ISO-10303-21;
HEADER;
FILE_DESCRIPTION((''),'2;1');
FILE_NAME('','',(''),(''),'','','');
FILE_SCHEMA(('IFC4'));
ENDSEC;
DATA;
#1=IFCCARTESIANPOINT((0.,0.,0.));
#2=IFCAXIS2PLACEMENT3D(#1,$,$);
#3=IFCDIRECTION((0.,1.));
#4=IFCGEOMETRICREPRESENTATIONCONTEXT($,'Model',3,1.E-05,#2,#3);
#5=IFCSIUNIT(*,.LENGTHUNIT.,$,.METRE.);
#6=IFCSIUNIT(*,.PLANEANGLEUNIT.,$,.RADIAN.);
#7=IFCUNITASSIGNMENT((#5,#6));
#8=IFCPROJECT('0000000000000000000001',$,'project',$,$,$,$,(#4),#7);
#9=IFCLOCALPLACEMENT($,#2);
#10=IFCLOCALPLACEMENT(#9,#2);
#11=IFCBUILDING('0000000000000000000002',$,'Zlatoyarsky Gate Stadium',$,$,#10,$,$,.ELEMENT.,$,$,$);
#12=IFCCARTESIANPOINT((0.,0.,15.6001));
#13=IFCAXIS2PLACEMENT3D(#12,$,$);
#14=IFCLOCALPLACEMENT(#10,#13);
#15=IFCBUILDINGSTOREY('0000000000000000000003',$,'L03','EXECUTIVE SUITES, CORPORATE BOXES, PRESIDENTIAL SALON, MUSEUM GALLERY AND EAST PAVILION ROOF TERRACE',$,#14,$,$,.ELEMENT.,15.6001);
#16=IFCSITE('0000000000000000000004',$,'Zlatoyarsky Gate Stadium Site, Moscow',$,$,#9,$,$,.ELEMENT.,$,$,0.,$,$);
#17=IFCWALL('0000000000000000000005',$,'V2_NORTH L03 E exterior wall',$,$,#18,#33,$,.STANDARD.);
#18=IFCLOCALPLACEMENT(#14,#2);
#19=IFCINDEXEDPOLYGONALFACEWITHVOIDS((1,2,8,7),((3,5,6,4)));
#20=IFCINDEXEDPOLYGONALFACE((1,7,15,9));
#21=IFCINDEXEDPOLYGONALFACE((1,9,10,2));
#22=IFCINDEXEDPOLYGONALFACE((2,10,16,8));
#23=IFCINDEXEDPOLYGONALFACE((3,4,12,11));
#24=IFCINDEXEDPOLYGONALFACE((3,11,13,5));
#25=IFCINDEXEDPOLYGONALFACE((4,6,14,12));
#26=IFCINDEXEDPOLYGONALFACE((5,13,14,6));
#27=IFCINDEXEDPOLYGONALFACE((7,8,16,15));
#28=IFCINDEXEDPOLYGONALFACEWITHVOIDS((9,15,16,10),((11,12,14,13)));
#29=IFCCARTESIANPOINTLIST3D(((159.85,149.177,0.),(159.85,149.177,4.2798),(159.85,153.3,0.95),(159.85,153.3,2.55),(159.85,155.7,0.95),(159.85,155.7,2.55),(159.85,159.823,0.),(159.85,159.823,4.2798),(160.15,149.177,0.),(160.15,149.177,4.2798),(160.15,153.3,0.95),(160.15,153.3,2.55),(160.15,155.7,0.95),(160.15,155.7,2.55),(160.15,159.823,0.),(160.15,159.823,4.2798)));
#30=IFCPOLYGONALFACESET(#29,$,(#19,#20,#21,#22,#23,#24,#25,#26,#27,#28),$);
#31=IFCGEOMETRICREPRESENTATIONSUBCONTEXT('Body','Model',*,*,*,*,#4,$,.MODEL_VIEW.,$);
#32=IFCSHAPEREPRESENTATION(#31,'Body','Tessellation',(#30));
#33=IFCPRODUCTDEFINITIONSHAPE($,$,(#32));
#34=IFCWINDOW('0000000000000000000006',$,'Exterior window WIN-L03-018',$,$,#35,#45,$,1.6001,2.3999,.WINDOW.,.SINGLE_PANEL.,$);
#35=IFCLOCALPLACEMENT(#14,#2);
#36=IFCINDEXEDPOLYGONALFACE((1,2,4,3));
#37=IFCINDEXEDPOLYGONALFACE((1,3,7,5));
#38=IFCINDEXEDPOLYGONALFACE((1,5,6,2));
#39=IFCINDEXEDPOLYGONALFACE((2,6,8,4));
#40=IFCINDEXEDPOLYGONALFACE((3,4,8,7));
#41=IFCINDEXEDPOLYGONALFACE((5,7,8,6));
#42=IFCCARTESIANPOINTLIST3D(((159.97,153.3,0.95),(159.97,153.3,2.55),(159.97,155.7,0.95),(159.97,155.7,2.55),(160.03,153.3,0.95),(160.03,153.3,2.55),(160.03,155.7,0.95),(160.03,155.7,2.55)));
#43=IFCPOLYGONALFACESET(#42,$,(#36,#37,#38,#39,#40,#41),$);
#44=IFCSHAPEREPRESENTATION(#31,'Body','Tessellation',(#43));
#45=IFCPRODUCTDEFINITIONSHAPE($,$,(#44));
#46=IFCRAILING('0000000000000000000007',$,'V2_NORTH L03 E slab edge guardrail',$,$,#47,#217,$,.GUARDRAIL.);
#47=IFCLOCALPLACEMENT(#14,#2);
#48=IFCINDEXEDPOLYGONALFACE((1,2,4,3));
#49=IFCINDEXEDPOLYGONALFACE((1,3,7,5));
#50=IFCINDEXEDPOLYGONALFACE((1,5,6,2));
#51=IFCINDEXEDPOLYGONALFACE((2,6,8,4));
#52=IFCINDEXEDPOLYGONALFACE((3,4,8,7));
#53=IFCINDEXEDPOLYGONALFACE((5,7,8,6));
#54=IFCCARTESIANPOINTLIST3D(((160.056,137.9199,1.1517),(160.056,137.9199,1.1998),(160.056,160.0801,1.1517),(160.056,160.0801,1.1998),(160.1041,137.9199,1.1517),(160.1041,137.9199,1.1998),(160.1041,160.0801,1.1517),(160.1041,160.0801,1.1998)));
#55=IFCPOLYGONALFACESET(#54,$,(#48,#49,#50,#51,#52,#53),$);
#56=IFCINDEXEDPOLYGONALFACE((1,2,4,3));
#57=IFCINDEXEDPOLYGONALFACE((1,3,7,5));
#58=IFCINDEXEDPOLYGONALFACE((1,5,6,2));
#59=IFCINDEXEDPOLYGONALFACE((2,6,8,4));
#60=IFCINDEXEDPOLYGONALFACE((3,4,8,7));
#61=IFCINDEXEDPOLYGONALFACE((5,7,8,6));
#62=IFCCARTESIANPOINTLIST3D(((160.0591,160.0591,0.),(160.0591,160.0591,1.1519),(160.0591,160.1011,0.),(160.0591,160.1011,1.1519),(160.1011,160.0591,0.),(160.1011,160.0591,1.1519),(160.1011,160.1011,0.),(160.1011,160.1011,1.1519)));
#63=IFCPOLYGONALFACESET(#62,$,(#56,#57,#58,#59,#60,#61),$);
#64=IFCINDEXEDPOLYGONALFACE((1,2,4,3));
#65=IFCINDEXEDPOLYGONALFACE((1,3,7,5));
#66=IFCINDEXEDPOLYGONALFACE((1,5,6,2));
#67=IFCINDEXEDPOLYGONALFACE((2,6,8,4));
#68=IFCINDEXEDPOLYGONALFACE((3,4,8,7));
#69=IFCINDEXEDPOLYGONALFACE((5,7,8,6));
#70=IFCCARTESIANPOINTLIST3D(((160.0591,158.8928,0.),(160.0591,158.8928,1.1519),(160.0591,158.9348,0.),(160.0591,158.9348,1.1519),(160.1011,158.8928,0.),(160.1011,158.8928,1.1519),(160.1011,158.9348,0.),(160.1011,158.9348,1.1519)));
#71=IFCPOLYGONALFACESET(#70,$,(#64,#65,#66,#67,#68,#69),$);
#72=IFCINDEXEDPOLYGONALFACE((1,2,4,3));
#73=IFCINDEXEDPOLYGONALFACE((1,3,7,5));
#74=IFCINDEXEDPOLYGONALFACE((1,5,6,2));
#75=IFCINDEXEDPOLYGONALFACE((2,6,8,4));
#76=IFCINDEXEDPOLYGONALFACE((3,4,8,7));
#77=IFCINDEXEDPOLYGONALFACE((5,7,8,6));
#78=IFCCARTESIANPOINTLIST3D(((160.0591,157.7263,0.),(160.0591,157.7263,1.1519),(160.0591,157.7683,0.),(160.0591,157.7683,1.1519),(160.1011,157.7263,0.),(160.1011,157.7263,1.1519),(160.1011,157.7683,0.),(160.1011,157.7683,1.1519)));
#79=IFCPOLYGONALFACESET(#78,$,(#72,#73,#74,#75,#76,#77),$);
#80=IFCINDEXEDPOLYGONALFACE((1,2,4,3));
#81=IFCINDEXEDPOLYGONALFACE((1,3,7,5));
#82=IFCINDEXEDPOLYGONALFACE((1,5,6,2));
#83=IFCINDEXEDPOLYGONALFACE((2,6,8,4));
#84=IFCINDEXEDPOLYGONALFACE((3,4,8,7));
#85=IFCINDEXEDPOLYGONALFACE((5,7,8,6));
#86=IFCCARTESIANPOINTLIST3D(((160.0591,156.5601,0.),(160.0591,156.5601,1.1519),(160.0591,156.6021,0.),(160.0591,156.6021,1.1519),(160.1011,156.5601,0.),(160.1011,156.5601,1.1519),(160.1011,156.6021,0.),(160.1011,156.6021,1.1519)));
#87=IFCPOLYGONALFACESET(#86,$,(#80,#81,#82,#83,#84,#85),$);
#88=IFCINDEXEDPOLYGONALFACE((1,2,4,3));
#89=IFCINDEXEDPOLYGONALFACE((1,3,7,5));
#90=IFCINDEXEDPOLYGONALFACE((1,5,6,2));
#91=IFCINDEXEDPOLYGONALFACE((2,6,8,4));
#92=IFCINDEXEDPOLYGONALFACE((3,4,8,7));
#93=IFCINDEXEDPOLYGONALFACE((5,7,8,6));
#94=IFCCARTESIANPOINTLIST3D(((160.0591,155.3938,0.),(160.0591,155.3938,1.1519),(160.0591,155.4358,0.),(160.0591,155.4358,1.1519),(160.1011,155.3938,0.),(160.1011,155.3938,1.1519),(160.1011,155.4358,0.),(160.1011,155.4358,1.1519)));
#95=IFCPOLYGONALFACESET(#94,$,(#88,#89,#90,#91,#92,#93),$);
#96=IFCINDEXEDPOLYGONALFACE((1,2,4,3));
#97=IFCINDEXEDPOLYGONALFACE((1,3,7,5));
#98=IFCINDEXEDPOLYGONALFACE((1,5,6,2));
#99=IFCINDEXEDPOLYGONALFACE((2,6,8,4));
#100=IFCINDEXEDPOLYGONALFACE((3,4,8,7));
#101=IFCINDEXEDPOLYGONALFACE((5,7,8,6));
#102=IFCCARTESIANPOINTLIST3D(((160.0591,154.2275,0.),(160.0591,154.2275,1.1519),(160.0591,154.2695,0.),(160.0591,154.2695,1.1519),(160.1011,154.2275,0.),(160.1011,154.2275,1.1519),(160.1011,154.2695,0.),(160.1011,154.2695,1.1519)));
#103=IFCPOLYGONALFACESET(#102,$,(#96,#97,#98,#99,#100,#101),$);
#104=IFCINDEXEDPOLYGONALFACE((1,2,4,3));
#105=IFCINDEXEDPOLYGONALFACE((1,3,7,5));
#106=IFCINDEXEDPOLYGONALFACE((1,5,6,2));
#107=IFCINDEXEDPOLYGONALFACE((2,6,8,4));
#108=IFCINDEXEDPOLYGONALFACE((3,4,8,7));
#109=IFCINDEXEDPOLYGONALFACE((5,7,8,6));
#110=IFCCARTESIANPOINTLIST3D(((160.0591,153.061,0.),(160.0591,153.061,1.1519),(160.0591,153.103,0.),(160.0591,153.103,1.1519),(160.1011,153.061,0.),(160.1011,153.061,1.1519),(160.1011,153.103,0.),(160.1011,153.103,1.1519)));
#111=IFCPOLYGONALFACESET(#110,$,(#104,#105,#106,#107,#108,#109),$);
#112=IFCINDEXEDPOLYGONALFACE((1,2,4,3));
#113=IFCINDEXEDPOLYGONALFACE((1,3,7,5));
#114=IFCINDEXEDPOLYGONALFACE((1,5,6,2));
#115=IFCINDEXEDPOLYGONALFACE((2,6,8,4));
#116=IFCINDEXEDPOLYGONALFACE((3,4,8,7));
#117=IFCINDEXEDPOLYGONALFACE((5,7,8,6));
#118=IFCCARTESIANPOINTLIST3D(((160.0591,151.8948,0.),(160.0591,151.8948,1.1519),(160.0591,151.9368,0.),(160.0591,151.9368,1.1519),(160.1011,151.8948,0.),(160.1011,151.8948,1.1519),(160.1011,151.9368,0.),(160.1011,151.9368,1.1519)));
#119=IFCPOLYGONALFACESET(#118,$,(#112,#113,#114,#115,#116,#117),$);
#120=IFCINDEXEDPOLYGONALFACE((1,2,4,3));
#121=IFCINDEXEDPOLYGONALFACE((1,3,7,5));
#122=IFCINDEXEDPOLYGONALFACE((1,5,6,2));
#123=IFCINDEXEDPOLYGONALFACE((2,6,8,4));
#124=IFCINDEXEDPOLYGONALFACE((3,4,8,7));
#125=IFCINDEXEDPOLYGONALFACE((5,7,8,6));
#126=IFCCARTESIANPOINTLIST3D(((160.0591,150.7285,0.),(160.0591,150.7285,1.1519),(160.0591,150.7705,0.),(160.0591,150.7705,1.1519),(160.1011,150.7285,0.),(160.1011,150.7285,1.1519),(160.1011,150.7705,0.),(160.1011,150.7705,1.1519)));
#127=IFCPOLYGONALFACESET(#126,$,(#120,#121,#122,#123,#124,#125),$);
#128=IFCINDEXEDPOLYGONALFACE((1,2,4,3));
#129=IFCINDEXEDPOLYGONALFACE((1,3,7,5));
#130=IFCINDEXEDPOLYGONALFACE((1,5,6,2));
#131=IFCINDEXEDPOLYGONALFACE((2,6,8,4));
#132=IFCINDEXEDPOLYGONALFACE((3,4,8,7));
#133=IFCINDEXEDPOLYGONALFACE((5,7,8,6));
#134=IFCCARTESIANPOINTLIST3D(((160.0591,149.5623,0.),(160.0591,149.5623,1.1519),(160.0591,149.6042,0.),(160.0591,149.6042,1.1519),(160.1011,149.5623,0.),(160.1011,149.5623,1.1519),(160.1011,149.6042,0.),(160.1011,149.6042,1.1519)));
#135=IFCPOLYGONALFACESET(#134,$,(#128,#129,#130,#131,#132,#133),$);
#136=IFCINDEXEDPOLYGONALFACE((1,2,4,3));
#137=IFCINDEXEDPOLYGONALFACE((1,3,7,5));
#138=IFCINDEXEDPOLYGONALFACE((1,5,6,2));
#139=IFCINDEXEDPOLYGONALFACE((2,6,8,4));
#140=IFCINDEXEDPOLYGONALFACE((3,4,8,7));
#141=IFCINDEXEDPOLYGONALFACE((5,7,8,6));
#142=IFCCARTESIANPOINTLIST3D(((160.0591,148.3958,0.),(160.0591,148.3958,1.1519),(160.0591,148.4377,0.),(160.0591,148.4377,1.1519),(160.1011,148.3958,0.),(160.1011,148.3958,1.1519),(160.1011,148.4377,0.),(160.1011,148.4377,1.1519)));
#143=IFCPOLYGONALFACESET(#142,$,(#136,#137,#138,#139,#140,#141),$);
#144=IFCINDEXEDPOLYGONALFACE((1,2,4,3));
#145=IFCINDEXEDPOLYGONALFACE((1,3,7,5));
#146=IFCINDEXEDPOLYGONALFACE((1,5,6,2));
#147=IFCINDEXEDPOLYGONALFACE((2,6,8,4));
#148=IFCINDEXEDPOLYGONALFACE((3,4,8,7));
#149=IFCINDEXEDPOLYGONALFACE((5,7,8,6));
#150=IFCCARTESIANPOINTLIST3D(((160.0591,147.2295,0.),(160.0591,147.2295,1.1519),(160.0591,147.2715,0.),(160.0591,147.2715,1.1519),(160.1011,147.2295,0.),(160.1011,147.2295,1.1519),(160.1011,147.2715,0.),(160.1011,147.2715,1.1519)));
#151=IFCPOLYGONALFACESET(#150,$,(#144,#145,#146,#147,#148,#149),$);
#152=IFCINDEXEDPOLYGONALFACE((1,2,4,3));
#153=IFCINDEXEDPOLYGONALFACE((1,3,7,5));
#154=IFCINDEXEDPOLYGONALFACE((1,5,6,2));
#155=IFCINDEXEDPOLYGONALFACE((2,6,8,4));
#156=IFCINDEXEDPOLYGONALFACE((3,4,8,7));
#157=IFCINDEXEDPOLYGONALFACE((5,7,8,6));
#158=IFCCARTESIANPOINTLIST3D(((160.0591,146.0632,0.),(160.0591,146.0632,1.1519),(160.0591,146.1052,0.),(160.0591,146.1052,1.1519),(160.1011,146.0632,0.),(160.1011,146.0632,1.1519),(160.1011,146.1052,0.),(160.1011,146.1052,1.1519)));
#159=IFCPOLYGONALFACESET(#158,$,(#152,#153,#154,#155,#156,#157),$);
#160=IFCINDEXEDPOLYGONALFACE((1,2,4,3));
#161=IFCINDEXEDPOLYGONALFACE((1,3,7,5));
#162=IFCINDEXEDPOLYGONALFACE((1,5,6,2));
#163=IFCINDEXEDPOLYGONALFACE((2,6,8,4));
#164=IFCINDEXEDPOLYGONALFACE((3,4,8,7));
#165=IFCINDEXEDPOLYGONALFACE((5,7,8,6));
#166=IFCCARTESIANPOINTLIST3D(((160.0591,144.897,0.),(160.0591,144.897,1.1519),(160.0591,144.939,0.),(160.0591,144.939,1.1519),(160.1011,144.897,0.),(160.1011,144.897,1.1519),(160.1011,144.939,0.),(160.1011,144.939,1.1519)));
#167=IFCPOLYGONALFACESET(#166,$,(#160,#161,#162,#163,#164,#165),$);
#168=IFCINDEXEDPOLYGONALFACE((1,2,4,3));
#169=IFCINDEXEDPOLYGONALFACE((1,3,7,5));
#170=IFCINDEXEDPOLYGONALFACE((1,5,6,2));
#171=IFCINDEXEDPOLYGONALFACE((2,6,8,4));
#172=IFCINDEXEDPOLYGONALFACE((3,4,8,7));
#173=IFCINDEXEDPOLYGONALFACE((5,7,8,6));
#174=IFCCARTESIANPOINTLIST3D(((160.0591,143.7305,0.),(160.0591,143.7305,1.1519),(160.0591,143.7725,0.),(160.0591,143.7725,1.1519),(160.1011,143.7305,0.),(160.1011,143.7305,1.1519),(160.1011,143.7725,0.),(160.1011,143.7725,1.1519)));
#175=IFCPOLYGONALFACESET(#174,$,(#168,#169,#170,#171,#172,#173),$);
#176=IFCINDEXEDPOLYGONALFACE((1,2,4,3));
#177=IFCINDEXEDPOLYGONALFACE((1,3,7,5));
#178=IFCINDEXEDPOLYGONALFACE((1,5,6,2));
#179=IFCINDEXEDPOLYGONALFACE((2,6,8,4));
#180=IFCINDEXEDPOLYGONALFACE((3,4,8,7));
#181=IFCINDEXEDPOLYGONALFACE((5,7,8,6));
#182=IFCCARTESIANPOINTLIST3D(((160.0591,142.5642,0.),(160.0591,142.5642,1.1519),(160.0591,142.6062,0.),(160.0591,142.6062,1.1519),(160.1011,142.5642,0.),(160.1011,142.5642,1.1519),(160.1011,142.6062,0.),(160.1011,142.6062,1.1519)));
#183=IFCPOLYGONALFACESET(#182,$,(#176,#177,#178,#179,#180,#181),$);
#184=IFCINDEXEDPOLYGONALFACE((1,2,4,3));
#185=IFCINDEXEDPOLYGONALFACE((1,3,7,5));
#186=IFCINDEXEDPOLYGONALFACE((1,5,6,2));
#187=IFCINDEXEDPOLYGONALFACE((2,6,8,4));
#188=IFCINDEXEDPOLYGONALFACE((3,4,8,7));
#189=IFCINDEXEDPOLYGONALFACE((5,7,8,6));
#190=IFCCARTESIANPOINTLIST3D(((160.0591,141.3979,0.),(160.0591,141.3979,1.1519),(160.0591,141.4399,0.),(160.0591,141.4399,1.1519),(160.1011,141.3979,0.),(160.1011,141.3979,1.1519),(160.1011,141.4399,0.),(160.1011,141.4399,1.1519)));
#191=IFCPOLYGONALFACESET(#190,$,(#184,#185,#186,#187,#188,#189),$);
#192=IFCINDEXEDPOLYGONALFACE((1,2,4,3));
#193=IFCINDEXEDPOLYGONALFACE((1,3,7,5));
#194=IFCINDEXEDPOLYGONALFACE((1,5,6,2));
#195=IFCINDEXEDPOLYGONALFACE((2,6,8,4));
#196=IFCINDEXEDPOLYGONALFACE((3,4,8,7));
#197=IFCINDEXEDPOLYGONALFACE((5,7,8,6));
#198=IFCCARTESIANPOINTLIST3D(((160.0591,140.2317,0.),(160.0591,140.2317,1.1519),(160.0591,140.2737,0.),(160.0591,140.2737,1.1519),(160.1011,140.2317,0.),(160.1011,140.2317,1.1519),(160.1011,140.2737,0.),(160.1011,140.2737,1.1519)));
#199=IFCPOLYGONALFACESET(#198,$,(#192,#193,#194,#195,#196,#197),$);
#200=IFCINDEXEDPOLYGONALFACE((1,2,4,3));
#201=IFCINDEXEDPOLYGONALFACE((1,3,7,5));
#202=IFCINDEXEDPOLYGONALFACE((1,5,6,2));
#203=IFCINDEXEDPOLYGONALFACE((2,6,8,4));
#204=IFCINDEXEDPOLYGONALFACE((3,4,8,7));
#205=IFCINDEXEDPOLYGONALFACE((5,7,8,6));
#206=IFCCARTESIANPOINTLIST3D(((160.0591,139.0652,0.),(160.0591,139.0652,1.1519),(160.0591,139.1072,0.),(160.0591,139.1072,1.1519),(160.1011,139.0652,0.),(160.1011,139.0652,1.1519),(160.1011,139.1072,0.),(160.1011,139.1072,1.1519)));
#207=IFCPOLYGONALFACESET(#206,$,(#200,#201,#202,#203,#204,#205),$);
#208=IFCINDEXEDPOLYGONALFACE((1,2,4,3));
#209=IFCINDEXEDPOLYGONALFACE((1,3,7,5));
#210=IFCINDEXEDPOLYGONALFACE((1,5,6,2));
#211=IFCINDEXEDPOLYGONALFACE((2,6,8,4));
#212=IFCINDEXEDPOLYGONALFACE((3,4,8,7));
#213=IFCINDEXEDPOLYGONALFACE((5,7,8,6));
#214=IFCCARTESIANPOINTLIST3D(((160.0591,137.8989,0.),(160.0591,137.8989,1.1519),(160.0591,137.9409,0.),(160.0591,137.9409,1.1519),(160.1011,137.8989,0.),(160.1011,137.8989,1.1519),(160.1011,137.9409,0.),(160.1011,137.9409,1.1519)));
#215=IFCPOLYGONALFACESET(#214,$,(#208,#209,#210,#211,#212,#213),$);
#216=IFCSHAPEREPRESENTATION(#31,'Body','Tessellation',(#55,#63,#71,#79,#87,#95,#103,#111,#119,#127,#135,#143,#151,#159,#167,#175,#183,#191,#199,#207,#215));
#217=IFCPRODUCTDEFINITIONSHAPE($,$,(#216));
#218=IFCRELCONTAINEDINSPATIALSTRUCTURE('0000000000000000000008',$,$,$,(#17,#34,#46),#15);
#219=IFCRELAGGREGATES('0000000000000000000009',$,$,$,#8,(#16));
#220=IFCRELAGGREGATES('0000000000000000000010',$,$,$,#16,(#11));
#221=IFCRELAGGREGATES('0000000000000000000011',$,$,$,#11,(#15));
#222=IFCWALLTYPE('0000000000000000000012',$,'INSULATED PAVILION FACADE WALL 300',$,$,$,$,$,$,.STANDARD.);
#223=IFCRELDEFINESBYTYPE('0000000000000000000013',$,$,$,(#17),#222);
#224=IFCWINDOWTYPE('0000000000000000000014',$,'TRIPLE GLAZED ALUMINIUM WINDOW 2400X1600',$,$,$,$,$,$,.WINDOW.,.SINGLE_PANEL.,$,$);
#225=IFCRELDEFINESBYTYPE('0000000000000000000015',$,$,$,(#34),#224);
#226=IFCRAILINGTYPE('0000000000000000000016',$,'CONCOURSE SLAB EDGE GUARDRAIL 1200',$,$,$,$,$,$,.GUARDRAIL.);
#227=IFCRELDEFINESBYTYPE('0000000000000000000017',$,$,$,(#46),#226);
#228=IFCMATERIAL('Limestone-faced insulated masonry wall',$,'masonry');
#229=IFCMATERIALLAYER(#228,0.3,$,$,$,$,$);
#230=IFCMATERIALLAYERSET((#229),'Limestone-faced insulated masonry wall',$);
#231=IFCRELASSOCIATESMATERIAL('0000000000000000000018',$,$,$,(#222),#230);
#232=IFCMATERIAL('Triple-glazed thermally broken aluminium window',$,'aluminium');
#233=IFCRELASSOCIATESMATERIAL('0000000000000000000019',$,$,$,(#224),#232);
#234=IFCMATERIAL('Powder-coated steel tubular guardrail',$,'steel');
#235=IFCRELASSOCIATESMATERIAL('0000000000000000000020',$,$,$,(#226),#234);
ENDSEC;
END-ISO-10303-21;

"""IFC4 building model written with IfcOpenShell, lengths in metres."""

from ifc_helpers import new_model, si_unit, direction, frame, frame_2d, origin, origin_2d, place, context, subcontext, project, spatial, rectangle, extrude, material, layer, layer_set, type_object, element, fill, save


model = new_model("IFC4")

# Units and contexts
model_context = context("Model", 3, precision=1e-05, world=origin(), true_north=direction((0.0, 1.0)))
body_context = subcontext(model_context, "Body", "Model", "MODEL_VIEW")
ifc_project = project(units=[si_unit("LENGTHUNIT", "METRE"), si_unit("PLANEANGLEUNIT", "RADIAN")], contexts=[model_context])

# Site, building, storey
site_placement = place(None, origin())
site = spatial("IfcSite", under=ifc_project, at=site_placement, Name="Zlatoyarsky Gate Stadium Site, Moscow", CompositionType="ELEMENT", RefElevation=0.0)
building_placement = place(site_placement, origin())
building = spatial("IfcBuilding", under=site, at=building_placement, Name="Zlatoyarsky Gate Stadium", CompositionType="ELEMENT")
storey_placement = place(building_placement, frame((0.0, 0.0, 15.6001)))
storey = spatial("IfcBuildingStorey", under=building, at=storey_placement, Name="L03", Description="EXECUTIVE SUITES, CORPORATE BOXES, PRESIDENTIAL SALON, MUSEUM GALLERY AND EAST PAVILION ROOF TERRACE", CompositionType="ELEMENT", Elevation=15.6001)

# Wall, opening, window
ifc_material_1 = material(Name="Limestone-faced insulated masonry wall", Category="masonry")
ifc_layer_1 = layer(ifc_material_1, 0.3)
ifc_layer_set_1 = layer_set([ifc_layer_1], Name="Limestone-faced insulated masonry wall")
wall_type = type_object("IfcWallType", Name="INSULATED PAVILION FACADE WALL 300", PredefinedType="STANDARD", material=ifc_layer_set_1)
wall_placement = place(storey_placement, frame((160.0, 149.177, 0.0), z_axis=(0.0, 0.0, 1.0), x_axis=(0.0, 1.0, 0.0)))
wall = element("IfcWall", 1, at=wall_placement, inside=storey, type_object=wall_type, Name="V2_NORTH L03 E exterior wall", PredefinedType="STANDARD", context=body_context, shape_type="SweptSolid", body=[
    extrude(rectangle(XDim=10.646, YDim=0.3, at=frame_2d((5.323, 0.0))), origin(), (0.0, 0.0, 1.0), 4.2798),
])
opening_placement = place(wall_placement, frame((4.123, 0.0, 0.95)))
opening = element("IfcOpeningElement", 2, at=opening_placement, cuts=wall, PredefinedType="OPENING", context=body_context, shape_type="SweptSolid", body=[
    extrude(rectangle(XDim=2.3999, YDim=1.6001, at=frame_2d((1.2, 0.8))), frame((0.0, 0.1599, 0.0), z_axis=(0.0, -1.0, 0.0), x_axis=(1.0, 0.0, 0.0)), (0.0, 0.0, 1.0), 0.3201),
])
ifc_material_2 = material(Name="Triple-glazed thermally broken aluminium window", Category="aluminium")
window_type = type_object("IfcWindowType", Name="TRIPLE GLAZED ALUMINIUM WINDOW 2400X1600", PartitioningType="SINGLE_PANEL", PredefinedType="WINDOW", material=ifc_material_2)
window_placement = place(opening_placement, origin())
window = element("IfcWindow", 3, at=window_placement, inside=storey, type_object=window_type, Name="Exterior window WIN-L03-018", OverallHeight=1.6001, OverallWidth=2.3999, PartitioningType="SINGLE_PANEL", PredefinedType="WINDOW", context=body_context, shape_type="SweptSolid", body=[
    extrude(rectangle(XDim=2.3999, YDim=1.6001, at=frame_2d((1.2, 0.8))), frame((0.0, 0.03, 0.0), z_axis=(0.0, -1.0, 0.0), x_axis=(1.0, 0.0, 0.0)), (0.0, 0.0, 1.0), 0.0601),
])
fill(opening, window)

# Railing
ifc_material_3 = material(Name="Powder-coated steel tubular guardrail", Category="steel")
railing_type = type_object("IfcRailingType", Name="CONCOURSE SLAB EDGE GUARDRAIL 1200", PredefinedType="GUARDRAIL", material=ifc_material_3)
railing_placement = place(storey_placement, frame((160.0801, 160.0801, 0.0)))
element("IfcRailing", 4, at=railing_placement, inside=storey, type_object=railing_type, Name="V2_NORTH L03 E slab edge guardrail", PredefinedType="GUARDRAIL", context=body_context, shape_type="SweptSolid", body=[
    extrude(rectangle(XDim=0.0481, YDim=0.0481, at=origin_2d()), frame((0.0, 0.0, 1.1758), z_axis=(0.0, -1.0, 0.0), x_axis=(1.0, 0.0, 0.0)), (0.0, 0.0, 1.0), 22.1602),
    extrude(rectangle(XDim=0.042, YDim=0.042, at=origin_2d()), origin(), (0.0, 0.0, 1.0), 1.1519),
    extrude(rectangle(XDim=0.042, YDim=0.042, at=origin_2d()), frame((0.0, -1.1663, 0.0)), (0.0, 0.0, 1.0), 1.1519),
    extrude(rectangle(XDim=0.042, YDim=0.042, at=origin_2d()), frame((0.0, -2.3328, 0.0)), (0.0, 0.0, 1.0), 1.1519),
    extrude(rectangle(XDim=0.042, YDim=0.042, at=origin_2d()), frame((0.0, -3.499, 0.0)), (0.0, 0.0, 1.0), 1.1519),
    extrude(rectangle(XDim=0.042, YDim=0.042, at=origin_2d()), frame((0.0, -4.6653, 0.0)), (0.0, 0.0, 1.0), 1.1519),
    extrude(rectangle(XDim=0.042, YDim=0.042, at=origin_2d()), frame((0.0, -5.8315, 0.0)), (0.0, 0.0, 1.0), 1.1519),
    extrude(rectangle(XDim=0.042, YDim=0.042, at=origin_2d()), frame((0.0, -6.998, 0.0)), (0.0, 0.0, 1.0), 1.1519),
    extrude(rectangle(XDim=0.042, YDim=0.042, at=origin_2d()), frame((0.0, -8.1643, 0.0)), (0.0, 0.0, 1.0), 1.1519),
    extrude(rectangle(XDim=0.042, YDim=0.042, at=origin_2d()), frame((0.0, -9.3306, 0.0)), (0.0, 0.0, 1.0), 1.1519),
    extrude(rectangle(XDim=0.042, YDim=0.042, at=origin_2d()), frame((0.0, -10.4968, 0.0)), (0.0, 0.0, 1.0), 1.1519),
    extrude(rectangle(XDim=0.042, YDim=0.042, at=origin_2d()), frame((0.0, -11.6633, 0.0)), (0.0, 0.0, 1.0), 1.1519),
    extrude(rectangle(XDim=0.042, YDim=0.042, at=origin_2d()), frame((0.0, -12.8296, 0.0)), (0.0, 0.0, 1.0), 1.1519),
    extrude(rectangle(XDim=0.042, YDim=0.042, at=origin_2d()), frame((0.0, -13.9958, 0.0)), (0.0, 0.0, 1.0), 1.1519),
    extrude(rectangle(XDim=0.042, YDim=0.042, at=origin_2d()), frame((0.0, -15.1621, 0.0)), (0.0, 0.0, 1.0), 1.1519),
    extrude(rectangle(XDim=0.042, YDim=0.042, at=origin_2d()), frame((0.0, -16.3286, 0.0)), (0.0, 0.0, 1.0), 1.1519),
    extrude(rectangle(XDim=0.042, YDim=0.042, at=origin_2d()), frame((0.0, -17.4949, 0.0)), (0.0, 0.0, 1.0), 1.1519),
    extrude(rectangle(XDim=0.042, YDim=0.042, at=origin_2d()), frame((0.0, -18.6611, 0.0)), (0.0, 0.0, 1.0), 1.1519),
    extrude(rectangle(XDim=0.042, YDim=0.042, at=origin_2d()), frame((0.0, -19.8274, 0.0)), (0.0, 0.0, 1.0), 1.1519),
    extrude(rectangle(XDim=0.042, YDim=0.042, at=origin_2d()), frame((0.0, -20.9939, 0.0)), (0.0, 0.0, 1.0), 1.1519),
    extrude(rectangle(XDim=0.042, YDim=0.042, at=origin_2d()), frame((0.0, -22.1602, 0.0)), (0.0, 0.0, 1.0), 1.1519),
])

save(model, "model.ifc")
